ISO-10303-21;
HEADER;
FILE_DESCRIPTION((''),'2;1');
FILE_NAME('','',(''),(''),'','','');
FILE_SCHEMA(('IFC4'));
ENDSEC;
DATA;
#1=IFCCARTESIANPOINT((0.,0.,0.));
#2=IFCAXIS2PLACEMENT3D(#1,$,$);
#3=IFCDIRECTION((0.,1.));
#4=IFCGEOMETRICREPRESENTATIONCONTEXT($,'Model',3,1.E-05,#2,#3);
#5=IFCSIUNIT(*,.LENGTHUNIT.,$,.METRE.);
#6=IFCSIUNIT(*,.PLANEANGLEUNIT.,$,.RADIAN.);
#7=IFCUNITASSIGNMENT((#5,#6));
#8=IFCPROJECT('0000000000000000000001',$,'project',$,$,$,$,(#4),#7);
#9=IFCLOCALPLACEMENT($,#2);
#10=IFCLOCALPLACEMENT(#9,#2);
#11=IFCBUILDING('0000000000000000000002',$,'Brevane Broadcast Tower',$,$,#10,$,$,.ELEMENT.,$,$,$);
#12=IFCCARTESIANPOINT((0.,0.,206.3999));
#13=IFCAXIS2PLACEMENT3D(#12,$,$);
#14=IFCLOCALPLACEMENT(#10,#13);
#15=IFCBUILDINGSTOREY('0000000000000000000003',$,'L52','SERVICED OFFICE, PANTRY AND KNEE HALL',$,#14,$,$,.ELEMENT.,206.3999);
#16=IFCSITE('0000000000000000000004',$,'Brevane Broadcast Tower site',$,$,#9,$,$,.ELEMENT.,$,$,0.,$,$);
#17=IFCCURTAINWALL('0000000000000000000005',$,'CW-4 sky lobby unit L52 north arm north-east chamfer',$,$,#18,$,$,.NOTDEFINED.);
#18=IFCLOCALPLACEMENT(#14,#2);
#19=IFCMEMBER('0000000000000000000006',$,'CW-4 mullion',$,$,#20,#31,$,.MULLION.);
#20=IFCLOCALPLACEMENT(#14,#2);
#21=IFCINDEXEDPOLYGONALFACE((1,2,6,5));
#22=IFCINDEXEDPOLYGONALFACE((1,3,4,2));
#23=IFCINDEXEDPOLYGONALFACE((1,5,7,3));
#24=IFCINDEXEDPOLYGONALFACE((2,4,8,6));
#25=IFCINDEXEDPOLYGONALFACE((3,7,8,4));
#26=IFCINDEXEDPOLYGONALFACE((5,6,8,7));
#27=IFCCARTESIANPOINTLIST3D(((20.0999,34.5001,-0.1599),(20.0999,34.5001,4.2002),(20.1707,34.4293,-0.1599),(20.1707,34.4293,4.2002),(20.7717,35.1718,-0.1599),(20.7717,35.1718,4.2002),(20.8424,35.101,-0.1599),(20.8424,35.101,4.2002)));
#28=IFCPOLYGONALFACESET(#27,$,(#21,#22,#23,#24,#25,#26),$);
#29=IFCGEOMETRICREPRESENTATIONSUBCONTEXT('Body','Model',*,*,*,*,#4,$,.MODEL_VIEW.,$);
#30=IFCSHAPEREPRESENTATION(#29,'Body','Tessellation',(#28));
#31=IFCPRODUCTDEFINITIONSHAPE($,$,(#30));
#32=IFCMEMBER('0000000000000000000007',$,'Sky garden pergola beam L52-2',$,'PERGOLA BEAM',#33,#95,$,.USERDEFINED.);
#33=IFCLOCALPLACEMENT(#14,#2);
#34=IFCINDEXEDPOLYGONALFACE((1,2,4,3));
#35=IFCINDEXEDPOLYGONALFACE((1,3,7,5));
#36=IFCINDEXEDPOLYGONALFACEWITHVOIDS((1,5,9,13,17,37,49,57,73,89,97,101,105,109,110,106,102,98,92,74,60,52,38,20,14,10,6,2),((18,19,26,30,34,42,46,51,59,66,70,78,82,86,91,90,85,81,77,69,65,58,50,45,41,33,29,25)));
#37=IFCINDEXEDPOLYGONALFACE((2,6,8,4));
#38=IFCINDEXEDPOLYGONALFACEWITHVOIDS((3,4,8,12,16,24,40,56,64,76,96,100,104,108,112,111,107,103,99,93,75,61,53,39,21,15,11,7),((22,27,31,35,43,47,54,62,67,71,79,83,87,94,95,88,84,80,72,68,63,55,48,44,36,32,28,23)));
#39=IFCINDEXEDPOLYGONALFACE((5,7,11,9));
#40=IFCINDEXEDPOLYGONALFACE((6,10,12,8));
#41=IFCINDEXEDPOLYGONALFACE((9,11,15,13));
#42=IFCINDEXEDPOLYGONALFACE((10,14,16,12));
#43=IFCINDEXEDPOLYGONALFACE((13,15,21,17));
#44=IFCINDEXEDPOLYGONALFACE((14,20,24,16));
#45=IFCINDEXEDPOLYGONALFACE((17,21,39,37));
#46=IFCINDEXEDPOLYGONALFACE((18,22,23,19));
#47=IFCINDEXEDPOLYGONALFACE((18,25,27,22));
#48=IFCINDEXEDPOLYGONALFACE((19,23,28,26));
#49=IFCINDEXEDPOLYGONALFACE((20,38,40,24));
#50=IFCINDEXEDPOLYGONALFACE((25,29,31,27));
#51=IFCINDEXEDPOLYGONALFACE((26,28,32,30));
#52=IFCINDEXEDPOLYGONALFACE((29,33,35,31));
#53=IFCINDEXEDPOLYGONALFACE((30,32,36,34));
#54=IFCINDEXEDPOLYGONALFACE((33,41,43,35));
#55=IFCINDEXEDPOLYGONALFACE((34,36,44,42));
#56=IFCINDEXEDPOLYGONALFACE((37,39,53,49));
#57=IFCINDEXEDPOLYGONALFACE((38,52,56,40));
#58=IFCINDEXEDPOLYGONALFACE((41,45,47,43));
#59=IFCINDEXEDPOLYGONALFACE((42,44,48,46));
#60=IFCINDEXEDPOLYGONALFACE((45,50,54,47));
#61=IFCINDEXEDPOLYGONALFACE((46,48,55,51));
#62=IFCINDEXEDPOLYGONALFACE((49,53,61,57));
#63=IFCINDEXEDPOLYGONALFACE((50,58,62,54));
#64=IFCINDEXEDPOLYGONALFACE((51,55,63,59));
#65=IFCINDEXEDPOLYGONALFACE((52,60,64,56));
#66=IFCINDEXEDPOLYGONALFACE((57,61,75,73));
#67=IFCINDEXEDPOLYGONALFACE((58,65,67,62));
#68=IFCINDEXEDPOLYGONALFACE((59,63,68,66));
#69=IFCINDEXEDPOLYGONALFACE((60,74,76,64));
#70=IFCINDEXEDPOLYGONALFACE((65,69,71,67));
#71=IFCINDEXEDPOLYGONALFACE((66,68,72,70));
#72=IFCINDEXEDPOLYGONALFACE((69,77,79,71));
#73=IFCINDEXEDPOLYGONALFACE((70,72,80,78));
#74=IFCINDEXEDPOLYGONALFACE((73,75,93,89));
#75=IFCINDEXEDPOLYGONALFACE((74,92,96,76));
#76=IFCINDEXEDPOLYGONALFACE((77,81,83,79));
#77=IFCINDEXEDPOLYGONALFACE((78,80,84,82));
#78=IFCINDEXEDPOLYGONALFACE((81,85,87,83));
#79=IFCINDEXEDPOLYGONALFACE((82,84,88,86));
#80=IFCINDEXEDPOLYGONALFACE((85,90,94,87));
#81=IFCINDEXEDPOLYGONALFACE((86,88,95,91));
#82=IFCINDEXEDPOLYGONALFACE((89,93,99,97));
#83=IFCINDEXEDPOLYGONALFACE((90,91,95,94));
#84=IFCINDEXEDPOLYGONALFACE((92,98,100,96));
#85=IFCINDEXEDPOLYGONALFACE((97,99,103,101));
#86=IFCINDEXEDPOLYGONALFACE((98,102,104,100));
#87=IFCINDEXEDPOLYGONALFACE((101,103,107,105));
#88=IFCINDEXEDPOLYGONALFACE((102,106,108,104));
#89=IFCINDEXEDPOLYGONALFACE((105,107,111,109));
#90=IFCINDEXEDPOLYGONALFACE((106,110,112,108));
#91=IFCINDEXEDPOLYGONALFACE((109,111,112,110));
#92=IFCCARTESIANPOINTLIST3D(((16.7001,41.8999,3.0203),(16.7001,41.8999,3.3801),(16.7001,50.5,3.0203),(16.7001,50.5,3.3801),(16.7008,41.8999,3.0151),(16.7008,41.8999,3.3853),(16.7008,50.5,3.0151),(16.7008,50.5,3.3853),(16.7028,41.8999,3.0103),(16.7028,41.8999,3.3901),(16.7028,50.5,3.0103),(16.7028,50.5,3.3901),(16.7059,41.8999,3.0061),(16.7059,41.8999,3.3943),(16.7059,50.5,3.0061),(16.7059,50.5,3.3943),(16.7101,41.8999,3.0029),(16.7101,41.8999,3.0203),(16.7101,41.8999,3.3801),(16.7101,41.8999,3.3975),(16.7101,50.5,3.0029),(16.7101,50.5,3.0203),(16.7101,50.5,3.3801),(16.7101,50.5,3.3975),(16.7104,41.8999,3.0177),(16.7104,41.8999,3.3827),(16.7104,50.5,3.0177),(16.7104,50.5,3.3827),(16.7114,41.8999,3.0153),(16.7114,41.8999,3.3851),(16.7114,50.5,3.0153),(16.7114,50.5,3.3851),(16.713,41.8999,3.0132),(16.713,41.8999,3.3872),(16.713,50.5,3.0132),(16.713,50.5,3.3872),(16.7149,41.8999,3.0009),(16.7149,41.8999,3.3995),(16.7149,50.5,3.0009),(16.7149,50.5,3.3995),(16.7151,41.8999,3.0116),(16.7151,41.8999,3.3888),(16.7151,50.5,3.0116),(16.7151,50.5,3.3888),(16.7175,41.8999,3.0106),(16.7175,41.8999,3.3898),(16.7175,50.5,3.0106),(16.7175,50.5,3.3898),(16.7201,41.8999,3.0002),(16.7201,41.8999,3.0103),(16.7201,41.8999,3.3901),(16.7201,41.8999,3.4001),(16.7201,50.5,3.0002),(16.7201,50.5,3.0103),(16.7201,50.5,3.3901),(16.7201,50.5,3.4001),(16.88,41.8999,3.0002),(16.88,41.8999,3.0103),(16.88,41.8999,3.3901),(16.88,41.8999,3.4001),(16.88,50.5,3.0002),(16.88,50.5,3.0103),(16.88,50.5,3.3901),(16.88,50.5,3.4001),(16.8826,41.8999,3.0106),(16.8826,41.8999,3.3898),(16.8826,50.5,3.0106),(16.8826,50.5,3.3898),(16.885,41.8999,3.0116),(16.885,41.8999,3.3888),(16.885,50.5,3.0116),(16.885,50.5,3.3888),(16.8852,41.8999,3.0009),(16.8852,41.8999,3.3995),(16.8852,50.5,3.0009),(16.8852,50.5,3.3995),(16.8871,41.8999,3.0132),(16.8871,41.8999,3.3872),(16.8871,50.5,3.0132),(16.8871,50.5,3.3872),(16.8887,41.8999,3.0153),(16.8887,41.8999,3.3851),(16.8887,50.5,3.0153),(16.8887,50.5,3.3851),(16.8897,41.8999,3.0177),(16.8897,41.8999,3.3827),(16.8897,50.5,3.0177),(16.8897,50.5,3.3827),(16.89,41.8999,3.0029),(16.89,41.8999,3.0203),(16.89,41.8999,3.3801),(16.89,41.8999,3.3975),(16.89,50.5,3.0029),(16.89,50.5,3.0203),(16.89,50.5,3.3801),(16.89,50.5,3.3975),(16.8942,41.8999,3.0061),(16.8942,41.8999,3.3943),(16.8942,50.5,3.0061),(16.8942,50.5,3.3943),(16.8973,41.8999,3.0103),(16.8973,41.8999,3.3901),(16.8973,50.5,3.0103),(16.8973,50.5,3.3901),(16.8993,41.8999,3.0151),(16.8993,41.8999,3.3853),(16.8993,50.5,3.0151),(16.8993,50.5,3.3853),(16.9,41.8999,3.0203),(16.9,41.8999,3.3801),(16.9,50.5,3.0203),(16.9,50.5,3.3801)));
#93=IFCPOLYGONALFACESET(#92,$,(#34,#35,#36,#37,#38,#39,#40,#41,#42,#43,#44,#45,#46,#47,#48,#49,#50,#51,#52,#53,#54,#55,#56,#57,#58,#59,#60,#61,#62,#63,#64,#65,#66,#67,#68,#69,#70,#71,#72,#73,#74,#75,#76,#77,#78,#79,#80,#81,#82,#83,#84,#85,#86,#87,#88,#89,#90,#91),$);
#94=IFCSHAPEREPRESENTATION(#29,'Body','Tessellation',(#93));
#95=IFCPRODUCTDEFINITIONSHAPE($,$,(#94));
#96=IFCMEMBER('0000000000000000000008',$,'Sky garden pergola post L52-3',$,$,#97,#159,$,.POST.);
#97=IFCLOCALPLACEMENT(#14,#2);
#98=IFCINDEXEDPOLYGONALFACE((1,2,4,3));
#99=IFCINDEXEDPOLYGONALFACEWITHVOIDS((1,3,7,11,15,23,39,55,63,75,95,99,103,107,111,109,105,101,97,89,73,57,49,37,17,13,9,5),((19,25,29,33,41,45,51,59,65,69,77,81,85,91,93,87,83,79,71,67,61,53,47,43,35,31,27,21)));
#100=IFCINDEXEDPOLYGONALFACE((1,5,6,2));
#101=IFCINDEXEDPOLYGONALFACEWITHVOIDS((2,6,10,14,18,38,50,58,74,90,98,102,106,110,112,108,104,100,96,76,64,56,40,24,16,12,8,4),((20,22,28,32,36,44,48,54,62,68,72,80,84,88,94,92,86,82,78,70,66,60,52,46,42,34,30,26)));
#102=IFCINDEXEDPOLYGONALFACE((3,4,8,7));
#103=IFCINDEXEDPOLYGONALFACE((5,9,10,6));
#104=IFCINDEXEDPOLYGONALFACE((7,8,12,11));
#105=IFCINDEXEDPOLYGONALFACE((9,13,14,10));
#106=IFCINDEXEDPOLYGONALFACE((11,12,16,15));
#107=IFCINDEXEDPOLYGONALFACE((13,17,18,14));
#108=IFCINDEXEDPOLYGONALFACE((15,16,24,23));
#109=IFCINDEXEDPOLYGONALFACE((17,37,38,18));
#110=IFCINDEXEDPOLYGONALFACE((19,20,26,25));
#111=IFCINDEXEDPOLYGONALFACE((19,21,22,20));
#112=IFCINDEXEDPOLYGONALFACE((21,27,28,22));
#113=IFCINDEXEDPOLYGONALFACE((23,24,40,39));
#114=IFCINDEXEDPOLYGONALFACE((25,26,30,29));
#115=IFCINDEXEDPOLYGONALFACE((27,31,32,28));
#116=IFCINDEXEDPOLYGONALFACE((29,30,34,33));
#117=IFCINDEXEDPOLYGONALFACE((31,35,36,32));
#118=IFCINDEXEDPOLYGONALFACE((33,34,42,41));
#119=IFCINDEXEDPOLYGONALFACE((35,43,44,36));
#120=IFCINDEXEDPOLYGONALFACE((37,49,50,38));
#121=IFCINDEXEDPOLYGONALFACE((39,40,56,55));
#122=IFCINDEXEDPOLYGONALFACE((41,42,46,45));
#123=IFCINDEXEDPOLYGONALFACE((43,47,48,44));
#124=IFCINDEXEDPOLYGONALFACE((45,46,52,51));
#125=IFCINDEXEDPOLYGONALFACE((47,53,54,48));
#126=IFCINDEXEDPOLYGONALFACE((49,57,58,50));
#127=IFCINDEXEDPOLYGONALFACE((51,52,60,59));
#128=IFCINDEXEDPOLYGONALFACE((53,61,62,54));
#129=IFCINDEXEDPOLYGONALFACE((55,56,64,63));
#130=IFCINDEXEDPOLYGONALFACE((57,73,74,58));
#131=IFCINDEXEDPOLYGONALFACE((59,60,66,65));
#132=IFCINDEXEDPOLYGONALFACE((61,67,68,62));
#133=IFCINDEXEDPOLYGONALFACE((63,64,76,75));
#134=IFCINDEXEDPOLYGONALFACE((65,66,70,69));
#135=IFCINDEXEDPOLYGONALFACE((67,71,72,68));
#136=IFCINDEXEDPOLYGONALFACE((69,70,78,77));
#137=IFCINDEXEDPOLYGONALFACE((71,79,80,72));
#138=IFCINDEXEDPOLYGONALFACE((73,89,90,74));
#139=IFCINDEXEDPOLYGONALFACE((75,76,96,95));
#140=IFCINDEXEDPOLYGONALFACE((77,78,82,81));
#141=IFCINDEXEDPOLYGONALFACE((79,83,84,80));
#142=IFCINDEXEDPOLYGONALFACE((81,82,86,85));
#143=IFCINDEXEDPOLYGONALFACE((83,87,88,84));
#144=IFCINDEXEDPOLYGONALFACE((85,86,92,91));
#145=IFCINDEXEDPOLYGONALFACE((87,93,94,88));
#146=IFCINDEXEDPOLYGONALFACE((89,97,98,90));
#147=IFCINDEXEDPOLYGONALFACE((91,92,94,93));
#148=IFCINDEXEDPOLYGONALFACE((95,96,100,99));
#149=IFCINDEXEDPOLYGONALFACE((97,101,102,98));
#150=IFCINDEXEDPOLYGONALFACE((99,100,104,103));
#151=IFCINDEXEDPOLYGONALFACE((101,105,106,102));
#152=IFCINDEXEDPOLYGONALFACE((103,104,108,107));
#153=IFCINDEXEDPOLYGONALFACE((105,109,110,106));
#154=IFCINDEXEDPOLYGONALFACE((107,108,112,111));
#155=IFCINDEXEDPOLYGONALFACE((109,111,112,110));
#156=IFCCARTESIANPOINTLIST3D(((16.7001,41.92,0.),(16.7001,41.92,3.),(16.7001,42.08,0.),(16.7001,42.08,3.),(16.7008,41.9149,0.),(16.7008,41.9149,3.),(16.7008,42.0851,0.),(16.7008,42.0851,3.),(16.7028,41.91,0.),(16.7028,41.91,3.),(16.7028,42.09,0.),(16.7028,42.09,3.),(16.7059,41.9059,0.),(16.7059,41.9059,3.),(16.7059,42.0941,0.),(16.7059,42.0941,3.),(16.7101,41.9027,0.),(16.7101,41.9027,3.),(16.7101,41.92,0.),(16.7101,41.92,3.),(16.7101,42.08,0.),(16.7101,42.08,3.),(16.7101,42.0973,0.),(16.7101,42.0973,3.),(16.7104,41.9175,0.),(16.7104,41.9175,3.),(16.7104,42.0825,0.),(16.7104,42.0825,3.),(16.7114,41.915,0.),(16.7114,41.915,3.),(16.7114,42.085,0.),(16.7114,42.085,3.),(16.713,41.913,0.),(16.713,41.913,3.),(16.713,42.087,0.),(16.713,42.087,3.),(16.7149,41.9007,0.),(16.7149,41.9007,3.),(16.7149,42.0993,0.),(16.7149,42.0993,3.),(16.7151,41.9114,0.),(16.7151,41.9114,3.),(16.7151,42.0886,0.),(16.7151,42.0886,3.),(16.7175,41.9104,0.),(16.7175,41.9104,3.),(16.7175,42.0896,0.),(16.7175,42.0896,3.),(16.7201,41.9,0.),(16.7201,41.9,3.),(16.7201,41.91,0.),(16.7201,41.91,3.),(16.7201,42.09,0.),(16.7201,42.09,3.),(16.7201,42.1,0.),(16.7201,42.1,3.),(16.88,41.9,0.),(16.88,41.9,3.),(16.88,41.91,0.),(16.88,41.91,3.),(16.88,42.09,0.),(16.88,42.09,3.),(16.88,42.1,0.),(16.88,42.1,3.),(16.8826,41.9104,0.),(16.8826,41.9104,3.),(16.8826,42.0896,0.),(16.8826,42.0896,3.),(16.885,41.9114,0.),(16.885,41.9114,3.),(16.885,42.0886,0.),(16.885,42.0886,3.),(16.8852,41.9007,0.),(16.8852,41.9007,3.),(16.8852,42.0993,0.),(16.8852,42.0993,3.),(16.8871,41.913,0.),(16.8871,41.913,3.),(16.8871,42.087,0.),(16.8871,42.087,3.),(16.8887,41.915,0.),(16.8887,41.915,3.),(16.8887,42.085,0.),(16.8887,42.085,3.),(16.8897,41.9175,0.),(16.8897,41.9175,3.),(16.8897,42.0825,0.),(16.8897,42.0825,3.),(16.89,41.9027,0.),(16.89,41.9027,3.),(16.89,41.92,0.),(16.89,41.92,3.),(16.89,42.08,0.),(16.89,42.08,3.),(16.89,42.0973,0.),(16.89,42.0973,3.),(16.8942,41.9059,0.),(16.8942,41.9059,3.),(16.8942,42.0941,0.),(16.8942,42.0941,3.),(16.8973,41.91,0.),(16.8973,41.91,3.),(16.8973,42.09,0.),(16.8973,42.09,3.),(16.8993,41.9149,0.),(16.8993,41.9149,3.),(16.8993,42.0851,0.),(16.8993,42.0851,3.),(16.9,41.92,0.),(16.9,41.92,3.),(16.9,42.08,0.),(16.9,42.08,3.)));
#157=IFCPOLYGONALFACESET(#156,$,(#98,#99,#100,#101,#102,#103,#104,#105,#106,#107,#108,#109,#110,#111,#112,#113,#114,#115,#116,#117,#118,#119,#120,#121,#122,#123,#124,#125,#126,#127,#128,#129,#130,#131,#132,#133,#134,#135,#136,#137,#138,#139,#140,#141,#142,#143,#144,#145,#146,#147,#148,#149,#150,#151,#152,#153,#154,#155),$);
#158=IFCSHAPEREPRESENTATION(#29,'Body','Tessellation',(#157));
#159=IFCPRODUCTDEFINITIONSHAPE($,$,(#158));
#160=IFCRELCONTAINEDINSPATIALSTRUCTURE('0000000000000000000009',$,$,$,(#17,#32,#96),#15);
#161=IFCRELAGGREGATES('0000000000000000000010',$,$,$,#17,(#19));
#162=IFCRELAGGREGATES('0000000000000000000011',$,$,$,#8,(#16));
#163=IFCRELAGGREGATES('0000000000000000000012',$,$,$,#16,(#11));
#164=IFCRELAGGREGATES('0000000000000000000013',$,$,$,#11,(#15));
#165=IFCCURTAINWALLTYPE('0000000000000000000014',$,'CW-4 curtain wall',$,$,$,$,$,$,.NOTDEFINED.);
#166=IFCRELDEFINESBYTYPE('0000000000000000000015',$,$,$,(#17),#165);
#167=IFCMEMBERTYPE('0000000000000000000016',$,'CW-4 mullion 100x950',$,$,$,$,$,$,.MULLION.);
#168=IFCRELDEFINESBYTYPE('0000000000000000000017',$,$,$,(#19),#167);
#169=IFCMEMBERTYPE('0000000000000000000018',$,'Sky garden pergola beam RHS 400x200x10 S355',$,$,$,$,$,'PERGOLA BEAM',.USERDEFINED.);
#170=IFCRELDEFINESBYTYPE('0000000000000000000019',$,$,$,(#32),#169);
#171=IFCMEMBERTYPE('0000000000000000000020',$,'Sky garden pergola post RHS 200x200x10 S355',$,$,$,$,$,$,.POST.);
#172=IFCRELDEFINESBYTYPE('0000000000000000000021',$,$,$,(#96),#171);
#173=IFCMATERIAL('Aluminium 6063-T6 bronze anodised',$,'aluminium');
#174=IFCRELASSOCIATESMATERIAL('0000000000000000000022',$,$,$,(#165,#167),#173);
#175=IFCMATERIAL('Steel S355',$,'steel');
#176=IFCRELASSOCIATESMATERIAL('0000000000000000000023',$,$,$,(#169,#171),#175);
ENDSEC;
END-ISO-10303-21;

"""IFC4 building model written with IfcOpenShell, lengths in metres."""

from ifc_helpers import new_model, si_unit, direction, frame, origin, origin_2d, place, context, subcontext, project, spatial, rectangle, hollow_rectangle, extrude, material, material_profile, profile_set, type_object, element, aggregate, save


model = new_model("IFC4")

# Units and contexts
model_context = context("Model", 3, precision=1e-05, world=origin(), true_north=direction((0.0, 1.0)))
body_context = subcontext(model_context, "Body", "Model", "MODEL_VIEW")
ifc_project = project(units=[si_unit("LENGTHUNIT", "METRE"), si_unit("PLANEANGLEUNIT", "RADIAN")], contexts=[model_context])

# Site, building, storey
site_placement = place(None, origin())
site = spatial("IfcSite", under=ifc_project, at=site_placement, Name="Brevane Broadcast Tower site", CompositionType="ELEMENT", RefElevation=0.0)
building_placement = place(site_placement, origin())
building = spatial("IfcBuilding", under=site, at=building_placement, Name="Brevane Broadcast Tower", CompositionType="ELEMENT")
storey_placement = place(building_placement, frame((0.0, 0.0, 206.3999)))
storey = spatial("IfcBuildingStorey", under=building, at=storey_placement, Name="L52", Description="SERVICED OFFICE, PANTRY AND KNEE HALL", CompositionType="ELEMENT", Elevation=206.3999)

# Curtain wall, member
ifc_material_1 = material(Name="Aluminium 6063-T6 bronze anodised", Category="aluminium")
curtain_wall_type = type_object("IfcCurtainWallType", Name="CW-4 curtain wall", PredefinedType="NOTDEFINED", material=ifc_material_1)
curtain_wall_placement = place(storey_placement, origin())
curtain_wall = element("IfcCurtainWall", 1, at=curtain_wall_placement, inside=storey, type_object=curtain_wall_type, Name="CW-4 sky lobby unit L52 north arm north-east chamfer", PredefinedType="NOTDEFINED")
ifc_material_profile_1 = material_profile(ifc_material_1, rectangle(XDim=0.95, YDim=0.1001, at=origin_2d()), Name="RECT 100x950")
ifc_profile_set_1 = profile_set([ifc_material_profile_1], Name="Aluminium 6063-T6 bronze anodised")
member_type_1 = type_object("IfcMemberType", Name="CW-4 mullion 100x950", PredefinedType="MULLION", material=ifc_profile_set_1)
member_1_placement = place(storey_placement, frame((20.4712, 34.8005, -0.1599), z_axis=(0.0, 0.0, 1.0), x_axis=(-0.707107, -0.707107, 0.0)))
member_1 = element("IfcMember", 2, at=member_1_placement, type_object=member_type_1, Name="CW-4 mullion", PredefinedType="MULLION", context=body_context, shape_type="SweptSolid", body=[
    extrude(rectangle(XDim=0.95, YDim=0.1001, at=origin_2d()), origin(), (0.0, 0.0, 1.0), 4.3601),
])
aggregate(curtain_wall, [member_1])

# Members
ifc_material_2 = material(Name="Steel S355", Category="steel")
ifc_material_profile_2 = material_profile(ifc_material_2, hollow_rectangle(XDim=0.2, YDim=0.3999, WallThickness=0.01, InnerFilletRadius=0.01, OuterFilletRadius=0.02, at=origin_2d()), Name="RHS 400x200x10")
ifc_profile_set_2 = profile_set([ifc_material_profile_2], Name="Steel S355")
member_type_2 = type_object("IfcMemberType", Name="Sky garden pergola beam RHS 400x200x10 S355", ElementType="PERGOLA BEAM", PredefinedType="USERDEFINED", material=ifc_profile_set_2)
member_2_placement = place(storey_placement, frame((16.8, 41.8999, 3.2002), z_axis=(0.0, 1.0, 0.0), x_axis=(-1.0, 0.0, 0.0)))
element("IfcMember", 3, at=member_2_placement, inside=storey, type_object=member_type_2, Name="Sky garden pergola beam L52-2", ObjectType="PERGOLA BEAM", PredefinedType="USERDEFINED", context=body_context, shape_type="SweptSolid", body=[
    extrude(hollow_rectangle(XDim=0.2, YDim=0.3999, WallThickness=0.01, InnerFilletRadius=0.01, OuterFilletRadius=0.02, at=origin_2d()), origin(), (0.0, 0.0, 1.0), 8.6001),
])
ifc_material_profile_3 = material_profile(ifc_material_2, hollow_rectangle(XDim=0.2, YDim=0.2, WallThickness=0.01, InnerFilletRadius=0.01, OuterFilletRadius=0.02, at=origin_2d()), Name="RHS 200x200x10")
ifc_profile_set_3 = profile_set([ifc_material_profile_3], Name="Steel S355")
member_type_3 = type_object("IfcMemberType", Name="Sky garden pergola post RHS 200x200x10 S355", PredefinedType="POST", material=ifc_profile_set_3)
for number, where, z_axis, x_axis, name in (
    (4, (16.8, 42.0, 0.0), (0.0, 0.0, 1.0), (1.0, 0.0, 0.0), "Sky garden pergola post L52-3"),
):
    element("IfcMember", number, at=place(storey_placement, frame(where, z_axis=z_axis, x_axis=x_axis)), inside=storey, type_object=member_type_3, Name=name, PredefinedType="POST", context=body_context, shape_type="SweptSolid", body=[
        extrude(hollow_rectangle(XDim=0.2, YDim=0.2, WallThickness=0.01, InnerFilletRadius=0.01, OuterFilletRadius=0.02, at=origin_2d()), origin(), (0.0, 0.0, 1.0), 3.0),
    ])

save(model, "model.ifc")
